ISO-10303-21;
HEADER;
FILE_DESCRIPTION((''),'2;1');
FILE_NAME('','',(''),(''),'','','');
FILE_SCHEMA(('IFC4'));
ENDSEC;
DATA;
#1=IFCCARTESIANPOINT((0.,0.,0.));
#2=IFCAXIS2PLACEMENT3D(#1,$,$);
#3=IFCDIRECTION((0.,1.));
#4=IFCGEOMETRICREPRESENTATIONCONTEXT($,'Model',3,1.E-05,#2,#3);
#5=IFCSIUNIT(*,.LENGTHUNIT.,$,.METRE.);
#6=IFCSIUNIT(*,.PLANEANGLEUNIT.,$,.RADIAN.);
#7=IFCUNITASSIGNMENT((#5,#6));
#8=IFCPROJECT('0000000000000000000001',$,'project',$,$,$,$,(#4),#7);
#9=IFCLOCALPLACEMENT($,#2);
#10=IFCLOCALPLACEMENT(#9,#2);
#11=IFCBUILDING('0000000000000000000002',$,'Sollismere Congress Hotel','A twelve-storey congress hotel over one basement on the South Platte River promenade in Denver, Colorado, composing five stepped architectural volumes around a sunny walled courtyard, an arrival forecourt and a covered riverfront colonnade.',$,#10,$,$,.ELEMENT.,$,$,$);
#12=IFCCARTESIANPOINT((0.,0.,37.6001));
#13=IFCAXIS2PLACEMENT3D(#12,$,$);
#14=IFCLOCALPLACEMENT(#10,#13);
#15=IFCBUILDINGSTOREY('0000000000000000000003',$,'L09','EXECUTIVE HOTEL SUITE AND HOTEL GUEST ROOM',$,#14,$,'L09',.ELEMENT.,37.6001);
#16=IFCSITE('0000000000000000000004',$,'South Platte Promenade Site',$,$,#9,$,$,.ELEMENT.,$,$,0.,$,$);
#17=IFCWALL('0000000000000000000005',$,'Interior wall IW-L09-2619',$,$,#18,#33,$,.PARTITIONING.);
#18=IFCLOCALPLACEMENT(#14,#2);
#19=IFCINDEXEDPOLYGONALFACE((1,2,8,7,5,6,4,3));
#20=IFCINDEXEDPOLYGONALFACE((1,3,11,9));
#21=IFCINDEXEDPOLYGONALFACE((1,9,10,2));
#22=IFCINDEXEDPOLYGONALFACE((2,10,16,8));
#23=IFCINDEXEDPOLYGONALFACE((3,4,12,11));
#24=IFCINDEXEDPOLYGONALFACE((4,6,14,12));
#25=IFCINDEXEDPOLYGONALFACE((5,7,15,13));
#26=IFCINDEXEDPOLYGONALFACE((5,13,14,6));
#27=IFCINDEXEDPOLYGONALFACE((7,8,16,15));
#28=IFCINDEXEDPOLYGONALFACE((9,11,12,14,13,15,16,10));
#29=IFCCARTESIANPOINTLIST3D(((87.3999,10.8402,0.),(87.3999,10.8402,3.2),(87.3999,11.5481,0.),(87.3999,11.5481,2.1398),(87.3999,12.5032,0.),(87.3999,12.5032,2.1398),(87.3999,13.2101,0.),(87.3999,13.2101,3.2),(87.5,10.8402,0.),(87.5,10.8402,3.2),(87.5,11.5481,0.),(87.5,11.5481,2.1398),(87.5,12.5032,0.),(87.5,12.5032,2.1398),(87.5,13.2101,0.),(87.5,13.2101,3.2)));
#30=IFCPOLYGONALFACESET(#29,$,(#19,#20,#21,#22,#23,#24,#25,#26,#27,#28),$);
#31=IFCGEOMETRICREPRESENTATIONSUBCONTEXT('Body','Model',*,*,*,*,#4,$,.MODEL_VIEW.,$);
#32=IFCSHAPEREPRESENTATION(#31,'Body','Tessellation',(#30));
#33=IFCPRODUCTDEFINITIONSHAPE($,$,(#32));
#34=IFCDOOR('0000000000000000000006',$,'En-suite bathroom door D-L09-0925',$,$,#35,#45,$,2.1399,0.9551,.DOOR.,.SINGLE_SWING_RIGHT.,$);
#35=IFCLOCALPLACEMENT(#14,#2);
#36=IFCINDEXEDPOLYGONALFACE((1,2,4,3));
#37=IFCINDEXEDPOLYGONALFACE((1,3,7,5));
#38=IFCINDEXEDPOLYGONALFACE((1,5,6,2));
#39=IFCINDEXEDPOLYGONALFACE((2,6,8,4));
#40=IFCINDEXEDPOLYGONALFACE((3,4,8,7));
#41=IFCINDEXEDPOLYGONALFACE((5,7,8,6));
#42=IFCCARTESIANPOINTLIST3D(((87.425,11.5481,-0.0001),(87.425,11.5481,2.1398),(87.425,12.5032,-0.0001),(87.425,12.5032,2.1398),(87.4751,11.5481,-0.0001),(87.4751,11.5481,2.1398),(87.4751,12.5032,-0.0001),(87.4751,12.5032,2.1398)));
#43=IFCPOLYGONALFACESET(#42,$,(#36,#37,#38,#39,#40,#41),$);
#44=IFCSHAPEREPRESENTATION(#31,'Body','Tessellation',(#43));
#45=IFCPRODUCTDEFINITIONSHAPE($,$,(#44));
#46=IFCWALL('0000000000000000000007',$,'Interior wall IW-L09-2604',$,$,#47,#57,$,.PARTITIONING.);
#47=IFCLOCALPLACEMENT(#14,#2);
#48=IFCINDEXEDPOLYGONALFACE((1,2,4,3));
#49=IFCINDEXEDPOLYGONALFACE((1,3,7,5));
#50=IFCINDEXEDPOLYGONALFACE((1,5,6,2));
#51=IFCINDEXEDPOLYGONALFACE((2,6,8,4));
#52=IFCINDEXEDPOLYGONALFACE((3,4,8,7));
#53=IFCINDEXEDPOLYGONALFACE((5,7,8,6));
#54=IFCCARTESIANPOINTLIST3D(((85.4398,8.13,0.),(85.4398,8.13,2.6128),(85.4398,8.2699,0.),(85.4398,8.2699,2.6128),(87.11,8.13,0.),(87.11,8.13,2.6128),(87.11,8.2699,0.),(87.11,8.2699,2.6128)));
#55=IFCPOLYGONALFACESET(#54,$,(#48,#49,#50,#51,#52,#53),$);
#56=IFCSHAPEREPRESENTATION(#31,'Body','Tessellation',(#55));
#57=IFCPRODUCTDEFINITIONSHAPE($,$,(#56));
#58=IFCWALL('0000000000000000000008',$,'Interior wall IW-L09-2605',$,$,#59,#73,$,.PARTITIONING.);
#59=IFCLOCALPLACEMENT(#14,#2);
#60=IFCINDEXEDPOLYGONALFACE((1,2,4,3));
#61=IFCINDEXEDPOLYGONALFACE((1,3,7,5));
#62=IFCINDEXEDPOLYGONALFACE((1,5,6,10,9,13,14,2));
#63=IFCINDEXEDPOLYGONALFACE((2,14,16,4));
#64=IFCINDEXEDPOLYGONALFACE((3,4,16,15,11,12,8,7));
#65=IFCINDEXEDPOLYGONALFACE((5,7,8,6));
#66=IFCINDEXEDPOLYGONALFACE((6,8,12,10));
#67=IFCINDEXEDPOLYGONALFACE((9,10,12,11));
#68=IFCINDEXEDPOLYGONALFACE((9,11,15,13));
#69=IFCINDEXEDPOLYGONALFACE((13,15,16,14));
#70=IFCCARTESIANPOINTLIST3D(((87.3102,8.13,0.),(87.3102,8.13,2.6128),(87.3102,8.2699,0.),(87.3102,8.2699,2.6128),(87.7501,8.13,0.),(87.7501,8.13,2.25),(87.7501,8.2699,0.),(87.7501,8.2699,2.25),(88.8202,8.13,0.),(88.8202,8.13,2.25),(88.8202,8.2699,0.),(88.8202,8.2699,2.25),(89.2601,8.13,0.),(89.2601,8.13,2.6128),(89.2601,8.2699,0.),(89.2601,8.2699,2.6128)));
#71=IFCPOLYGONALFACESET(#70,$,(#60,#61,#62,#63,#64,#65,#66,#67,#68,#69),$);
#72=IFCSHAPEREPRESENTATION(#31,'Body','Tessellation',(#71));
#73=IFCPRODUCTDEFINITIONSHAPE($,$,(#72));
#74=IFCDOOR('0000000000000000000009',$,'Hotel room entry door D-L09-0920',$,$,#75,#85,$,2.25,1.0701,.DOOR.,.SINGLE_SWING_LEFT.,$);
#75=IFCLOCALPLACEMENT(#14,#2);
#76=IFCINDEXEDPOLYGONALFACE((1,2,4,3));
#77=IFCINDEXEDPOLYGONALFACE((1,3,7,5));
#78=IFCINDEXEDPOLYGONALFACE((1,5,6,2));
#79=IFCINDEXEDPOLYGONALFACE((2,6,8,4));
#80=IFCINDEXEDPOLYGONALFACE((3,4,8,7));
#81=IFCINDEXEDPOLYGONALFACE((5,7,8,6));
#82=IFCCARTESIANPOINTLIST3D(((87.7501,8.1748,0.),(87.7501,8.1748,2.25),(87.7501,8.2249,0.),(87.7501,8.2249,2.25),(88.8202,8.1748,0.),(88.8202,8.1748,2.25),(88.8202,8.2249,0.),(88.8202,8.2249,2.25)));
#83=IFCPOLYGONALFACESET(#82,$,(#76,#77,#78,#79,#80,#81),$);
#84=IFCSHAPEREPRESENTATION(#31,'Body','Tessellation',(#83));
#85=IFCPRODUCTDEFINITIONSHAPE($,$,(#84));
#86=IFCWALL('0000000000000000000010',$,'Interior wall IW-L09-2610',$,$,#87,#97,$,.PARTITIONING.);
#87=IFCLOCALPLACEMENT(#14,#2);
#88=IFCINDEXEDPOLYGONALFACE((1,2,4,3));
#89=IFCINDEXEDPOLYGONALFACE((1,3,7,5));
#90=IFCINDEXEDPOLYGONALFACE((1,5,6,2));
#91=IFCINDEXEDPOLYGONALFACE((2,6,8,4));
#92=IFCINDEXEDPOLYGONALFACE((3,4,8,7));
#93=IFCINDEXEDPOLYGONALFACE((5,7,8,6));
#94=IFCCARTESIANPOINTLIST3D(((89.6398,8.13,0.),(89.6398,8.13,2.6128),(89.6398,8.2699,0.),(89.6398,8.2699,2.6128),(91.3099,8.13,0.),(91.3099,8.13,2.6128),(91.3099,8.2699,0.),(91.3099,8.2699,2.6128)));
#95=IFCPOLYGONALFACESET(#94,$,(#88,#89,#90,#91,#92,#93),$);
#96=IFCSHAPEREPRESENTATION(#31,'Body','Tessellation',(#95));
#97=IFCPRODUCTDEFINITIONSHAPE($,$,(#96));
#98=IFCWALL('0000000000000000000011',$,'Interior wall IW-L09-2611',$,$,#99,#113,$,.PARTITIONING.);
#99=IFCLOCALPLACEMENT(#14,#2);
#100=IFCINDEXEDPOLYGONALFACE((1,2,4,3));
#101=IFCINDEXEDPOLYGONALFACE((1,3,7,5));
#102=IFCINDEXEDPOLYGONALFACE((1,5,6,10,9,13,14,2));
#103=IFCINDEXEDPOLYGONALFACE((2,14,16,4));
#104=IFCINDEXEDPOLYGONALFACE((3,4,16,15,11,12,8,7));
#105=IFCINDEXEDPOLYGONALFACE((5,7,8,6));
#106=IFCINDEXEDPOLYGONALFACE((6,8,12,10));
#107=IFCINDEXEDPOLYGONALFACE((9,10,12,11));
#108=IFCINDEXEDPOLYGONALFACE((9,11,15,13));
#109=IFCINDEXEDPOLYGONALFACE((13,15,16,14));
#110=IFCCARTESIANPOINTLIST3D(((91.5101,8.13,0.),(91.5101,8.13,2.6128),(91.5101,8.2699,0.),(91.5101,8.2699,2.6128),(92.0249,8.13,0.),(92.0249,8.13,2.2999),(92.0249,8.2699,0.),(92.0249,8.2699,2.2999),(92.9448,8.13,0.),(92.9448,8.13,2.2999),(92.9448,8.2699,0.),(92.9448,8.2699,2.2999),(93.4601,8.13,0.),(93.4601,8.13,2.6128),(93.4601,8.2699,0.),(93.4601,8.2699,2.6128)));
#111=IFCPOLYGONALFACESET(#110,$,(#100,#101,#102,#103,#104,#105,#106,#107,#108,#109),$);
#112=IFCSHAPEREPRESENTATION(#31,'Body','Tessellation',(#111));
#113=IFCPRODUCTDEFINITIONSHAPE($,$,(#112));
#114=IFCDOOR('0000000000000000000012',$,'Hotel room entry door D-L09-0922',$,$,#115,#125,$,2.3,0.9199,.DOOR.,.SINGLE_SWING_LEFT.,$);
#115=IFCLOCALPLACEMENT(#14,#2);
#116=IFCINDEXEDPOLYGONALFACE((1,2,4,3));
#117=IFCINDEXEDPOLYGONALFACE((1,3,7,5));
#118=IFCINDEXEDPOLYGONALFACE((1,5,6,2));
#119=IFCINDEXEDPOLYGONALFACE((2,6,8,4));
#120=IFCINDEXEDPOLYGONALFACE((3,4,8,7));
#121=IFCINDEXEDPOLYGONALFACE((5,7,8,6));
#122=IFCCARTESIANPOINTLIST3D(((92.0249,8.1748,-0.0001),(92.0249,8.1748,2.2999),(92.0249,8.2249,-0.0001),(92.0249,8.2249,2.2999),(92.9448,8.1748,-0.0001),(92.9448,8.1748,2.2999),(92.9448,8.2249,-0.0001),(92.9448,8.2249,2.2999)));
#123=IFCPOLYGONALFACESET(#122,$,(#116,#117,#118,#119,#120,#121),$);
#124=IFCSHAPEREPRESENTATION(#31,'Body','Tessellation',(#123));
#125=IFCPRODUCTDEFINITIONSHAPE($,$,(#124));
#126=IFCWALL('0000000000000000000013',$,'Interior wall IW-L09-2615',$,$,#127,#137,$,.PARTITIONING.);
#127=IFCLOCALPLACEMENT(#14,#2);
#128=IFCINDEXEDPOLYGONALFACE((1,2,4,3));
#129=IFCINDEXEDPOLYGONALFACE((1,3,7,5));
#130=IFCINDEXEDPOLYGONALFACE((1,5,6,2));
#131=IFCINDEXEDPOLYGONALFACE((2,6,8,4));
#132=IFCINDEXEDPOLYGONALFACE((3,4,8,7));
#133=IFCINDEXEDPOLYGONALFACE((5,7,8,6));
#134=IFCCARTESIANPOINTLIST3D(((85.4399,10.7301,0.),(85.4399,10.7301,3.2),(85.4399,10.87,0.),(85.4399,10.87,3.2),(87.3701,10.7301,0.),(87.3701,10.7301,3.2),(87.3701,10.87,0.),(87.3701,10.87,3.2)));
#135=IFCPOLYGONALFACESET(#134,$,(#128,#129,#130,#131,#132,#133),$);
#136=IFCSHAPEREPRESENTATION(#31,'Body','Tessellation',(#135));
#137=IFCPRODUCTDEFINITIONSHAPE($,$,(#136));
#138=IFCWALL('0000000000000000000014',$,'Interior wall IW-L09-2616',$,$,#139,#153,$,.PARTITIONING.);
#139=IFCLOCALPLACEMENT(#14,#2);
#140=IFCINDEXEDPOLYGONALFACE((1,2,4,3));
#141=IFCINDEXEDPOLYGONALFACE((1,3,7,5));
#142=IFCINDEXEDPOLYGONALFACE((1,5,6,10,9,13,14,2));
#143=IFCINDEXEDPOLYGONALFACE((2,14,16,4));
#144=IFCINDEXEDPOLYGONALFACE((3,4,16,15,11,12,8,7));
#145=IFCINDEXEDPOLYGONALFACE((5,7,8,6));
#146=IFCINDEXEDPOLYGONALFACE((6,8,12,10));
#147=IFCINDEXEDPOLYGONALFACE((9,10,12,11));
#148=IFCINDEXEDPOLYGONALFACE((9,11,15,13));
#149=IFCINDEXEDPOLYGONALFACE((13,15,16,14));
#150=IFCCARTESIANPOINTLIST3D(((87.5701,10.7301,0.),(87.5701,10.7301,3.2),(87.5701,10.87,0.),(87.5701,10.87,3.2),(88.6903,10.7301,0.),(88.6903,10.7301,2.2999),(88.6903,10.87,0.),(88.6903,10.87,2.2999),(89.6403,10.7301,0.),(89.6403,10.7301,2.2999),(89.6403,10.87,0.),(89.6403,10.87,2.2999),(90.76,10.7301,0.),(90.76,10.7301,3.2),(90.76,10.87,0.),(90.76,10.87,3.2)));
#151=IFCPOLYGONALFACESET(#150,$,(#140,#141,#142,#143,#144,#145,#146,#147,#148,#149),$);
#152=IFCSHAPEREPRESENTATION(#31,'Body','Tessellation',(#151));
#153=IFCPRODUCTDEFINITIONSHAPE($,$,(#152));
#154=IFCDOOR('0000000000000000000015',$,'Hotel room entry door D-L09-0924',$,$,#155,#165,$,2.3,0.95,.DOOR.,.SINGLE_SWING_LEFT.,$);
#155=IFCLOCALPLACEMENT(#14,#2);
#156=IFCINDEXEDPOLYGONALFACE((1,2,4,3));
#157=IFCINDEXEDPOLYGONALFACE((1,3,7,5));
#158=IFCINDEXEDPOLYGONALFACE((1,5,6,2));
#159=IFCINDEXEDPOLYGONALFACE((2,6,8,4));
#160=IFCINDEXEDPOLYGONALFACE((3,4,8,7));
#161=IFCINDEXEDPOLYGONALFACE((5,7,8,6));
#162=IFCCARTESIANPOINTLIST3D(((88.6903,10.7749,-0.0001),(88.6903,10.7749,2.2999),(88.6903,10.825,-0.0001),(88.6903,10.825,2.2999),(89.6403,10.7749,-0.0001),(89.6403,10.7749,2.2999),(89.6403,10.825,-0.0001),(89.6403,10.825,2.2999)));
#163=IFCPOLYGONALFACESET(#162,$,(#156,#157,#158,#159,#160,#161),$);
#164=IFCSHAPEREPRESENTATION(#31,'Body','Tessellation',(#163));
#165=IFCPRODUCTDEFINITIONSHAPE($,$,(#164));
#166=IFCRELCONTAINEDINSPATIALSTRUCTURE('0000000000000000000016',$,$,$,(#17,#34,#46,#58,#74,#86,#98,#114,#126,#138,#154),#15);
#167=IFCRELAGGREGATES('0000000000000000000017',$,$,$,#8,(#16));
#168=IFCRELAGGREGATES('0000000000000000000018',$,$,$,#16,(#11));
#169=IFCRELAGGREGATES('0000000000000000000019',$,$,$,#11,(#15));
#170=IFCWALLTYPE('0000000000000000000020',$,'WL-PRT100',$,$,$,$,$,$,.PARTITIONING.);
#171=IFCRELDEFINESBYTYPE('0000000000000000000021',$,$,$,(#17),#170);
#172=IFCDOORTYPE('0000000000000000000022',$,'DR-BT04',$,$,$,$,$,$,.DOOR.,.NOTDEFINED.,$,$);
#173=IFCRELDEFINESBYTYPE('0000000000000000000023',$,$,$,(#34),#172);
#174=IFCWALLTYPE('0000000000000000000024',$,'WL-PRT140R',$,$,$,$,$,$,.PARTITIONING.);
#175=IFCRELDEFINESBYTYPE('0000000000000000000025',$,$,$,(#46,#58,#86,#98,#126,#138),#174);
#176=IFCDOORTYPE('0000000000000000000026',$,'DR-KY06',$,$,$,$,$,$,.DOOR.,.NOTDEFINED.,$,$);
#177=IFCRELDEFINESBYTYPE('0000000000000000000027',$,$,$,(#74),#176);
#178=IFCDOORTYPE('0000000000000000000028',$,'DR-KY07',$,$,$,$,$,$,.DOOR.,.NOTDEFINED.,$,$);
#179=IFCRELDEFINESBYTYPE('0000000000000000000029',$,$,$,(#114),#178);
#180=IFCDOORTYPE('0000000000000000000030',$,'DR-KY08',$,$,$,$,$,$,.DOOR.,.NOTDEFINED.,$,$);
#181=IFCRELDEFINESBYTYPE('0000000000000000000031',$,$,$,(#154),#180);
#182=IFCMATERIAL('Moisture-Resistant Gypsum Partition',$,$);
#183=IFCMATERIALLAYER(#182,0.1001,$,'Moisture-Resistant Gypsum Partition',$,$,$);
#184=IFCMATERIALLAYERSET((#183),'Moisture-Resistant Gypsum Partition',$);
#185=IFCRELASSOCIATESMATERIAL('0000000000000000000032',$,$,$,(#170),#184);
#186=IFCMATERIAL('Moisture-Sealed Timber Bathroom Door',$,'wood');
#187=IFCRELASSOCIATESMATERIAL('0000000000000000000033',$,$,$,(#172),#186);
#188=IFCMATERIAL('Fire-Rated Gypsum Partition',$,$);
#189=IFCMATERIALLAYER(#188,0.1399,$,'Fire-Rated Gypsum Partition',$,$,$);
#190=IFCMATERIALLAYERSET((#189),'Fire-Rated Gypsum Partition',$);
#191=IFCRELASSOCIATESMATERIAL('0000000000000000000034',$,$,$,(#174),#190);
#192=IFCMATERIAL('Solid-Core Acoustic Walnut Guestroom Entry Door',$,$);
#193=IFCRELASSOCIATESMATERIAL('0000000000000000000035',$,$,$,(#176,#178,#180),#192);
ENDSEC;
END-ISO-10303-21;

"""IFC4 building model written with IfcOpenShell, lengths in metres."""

from ifc_helpers import new_model, si_unit, direction, frame, frame_2d, origin, place, context, subcontext, project, spatial, rectangle, extrude, material, layer, layer_set, type_object, element, fill, save


model = new_model("IFC4")

# Units and contexts
model_context = context("Model", 3, precision=1e-05, world=origin(), true_north=direction((0.0, 1.0)))
body_context = subcontext(model_context, "Body", "Model", "MODEL_VIEW")
ifc_project = project(units=[si_unit("LENGTHUNIT", "METRE"), si_unit("PLANEANGLEUNIT", "RADIAN")], contexts=[model_context])

# Site, building, storey
site_placement = place(None, origin())
site = spatial("IfcSite", under=ifc_project, at=site_placement, Name="South Platte Promenade Site", CompositionType="ELEMENT", RefElevation=0.0)
building_placement = place(site_placement, origin())
building = spatial("IfcBuilding", under=site, at=building_placement, Name="Sollismere Congress Hotel", Description="A twelve-storey congress hotel over one basement on the South Platte River promenade in Denver, Colorado, composing five stepped architectural volumes around a sunny walled courtyard, an arrival forecourt and a covered riverfront colonnade.", CompositionType="ELEMENT")
storey_placement = place(building_placement, frame((0.0, 0.0, 37.6001)))
storey = spatial("IfcBuildingStorey", under=building, at=storey_placement, Name="L09", Description="EXECUTIVE HOTEL SUITE AND HOTEL GUEST ROOM", LongName="L09", CompositionType="ELEMENT", Elevation=37.6001)

# Wall, opening, door
ifc_material_1 = material(Name="Moisture-Resistant Gypsum Partition")
ifc_layer_1 = layer(ifc_material_1, 0.1001, Name="Moisture-Resistant Gypsum Partition")
ifc_layer_set_1 = layer_set([ifc_layer_1], Name="Moisture-Resistant Gypsum Partition")
wall_type_1 = type_object("IfcWallType", Name="WL-PRT100", PredefinedType="PARTITIONING", material=ifc_layer_set_1)
wall_1_placement = place(storey_placement, frame((87.45, 10.8401, 0.0), z_axis=(0.0, 0.0, 1.0), x_axis=(0.0, 1.0, 0.0)))
wall_1 = element("IfcWall", 1, at=wall_1_placement, inside=storey, type_object=wall_type_1, Name="Interior wall IW-L09-2619", PredefinedType="PARTITIONING", context=body_context, shape_type="SweptSolid", body=[
    extrude(rectangle(XDim=2.3699, YDim=0.1001, at=frame_2d((1.1851, 0.0))), origin(), (0.0, 0.0, 1.0), 3.2),
])
opening_1_placement = place(wall_1_placement, frame((0.708, 0.0, 0.0)))
opening_1 = element("IfcOpeningElement", 2, at=opening_1_placement, cuts=wall_1, PredefinedType="OPENING", context=body_context, shape_type="SweptSolid", body=[
    extrude(rectangle(XDim=0.9551, YDim=2.1399, at=frame_2d((0.4775, 1.0698))), frame((0.0, 0.0601, 0.0), z_axis=(0.0, -1.0, 0.0), x_axis=(1.0, 0.0, 0.0)), (0.0, 0.0, 1.0), 0.1201),
])
ifc_material_2 = material(Name="Moisture-Sealed Timber Bathroom Door", Category="wood")
door_type_1 = type_object("IfcDoorType", Name="DR-BT04", OperationType="NOTDEFINED", PredefinedType="DOOR", material=ifc_material_2)
door_1_placement = place(opening_1_placement, origin())
door_1 = element("IfcDoor", 3, at=door_1_placement, inside=storey, type_object=door_type_1, Name="En-suite bathroom door D-L09-0925", OperationType="SINGLE_SWING_RIGHT", OverallHeight=2.1399, OverallWidth=0.9551, PredefinedType="DOOR", context=body_context, shape_type="SweptSolid", body=[
    extrude(rectangle(XDim=0.9551, YDim=2.1399, at=frame_2d((0.4775, 1.0698))), frame((0.0, 0.0249, 0.0), z_axis=(0.0, -1.0, 0.0), x_axis=(1.0, 0.0, 0.0)), (0.0, 0.0, 1.0), 0.05),
])
fill(opening_1, door_1)

# Wall
ifc_material_3 = material(Name="Fire-Rated Gypsum Partition")
ifc_layer_2 = layer(ifc_material_3, 0.1399, Name="Fire-Rated Gypsum Partition")
ifc_layer_set_2 = layer_set([ifc_layer_2], Name="Fire-Rated Gypsum Partition")
wall_type_2 = type_object("IfcWallType", Name="WL-PRT140R", PredefinedType="PARTITIONING", material=ifc_layer_set_2)
wall_2_placement = place(storey_placement, frame((85.4399, 8.2, 0.0), z_axis=(0.0, 0.0, 1.0), x_axis=(1.0, 0.0, 0.0)))
element("IfcWall", 4, at=wall_2_placement, inside=storey, type_object=wall_type_2, Name="Interior wall IW-L09-2604", PredefinedType="PARTITIONING", context=body_context, shape_type="SweptSolid", body=[
    extrude(rectangle(XDim=1.6702, YDim=0.1399, at=frame_2d((0.835, 0.0))), origin(), (0.0, 0.0, 1.0), 2.6128),
])

# Wall, opening, door
wall_3_placement = place(storey_placement, frame((87.3101, 8.2, 0.0), z_axis=(0.0, 0.0, 1.0), x_axis=(1.0, 0.0, 0.0)))
wall_3 = element("IfcWall", 5, at=wall_3_placement, inside=storey, type_object=wall_type_2, Name="Interior wall IW-L09-2605", PredefinedType="PARTITIONING", context=body_context, shape_type="SweptSolid", body=[
    extrude(rectangle(XDim=1.95, YDim=0.1399, at=frame_2d((0.9751, 0.0))), origin(), (0.0, 0.0, 1.0), 2.6128),
])
opening_2_placement = place(wall_3_placement, frame((0.4399, 0.0, 0.0)))
opening_2 = element("IfcOpeningElement", 6, at=opening_2_placement, cuts=wall_3, PredefinedType="OPENING", context=body_context, shape_type="SweptSolid", body=[
    extrude(rectangle(XDim=1.0701, YDim=2.25, at=frame_2d((0.5352, 1.125))), frame((0.0, 0.0798, 0.0), z_axis=(0.0, -1.0, 0.0), x_axis=(1.0, 0.0, 0.0)), (0.0, 0.0, 1.0), 0.1599),
])
ifc_material_4 = material(Name="Solid-Core Acoustic Walnut Guestroom Entry Door")
door_type_2 = type_object("IfcDoorType", Name="DR-KY06", OperationType="NOTDEFINED", PredefinedType="DOOR", material=ifc_material_4)
door_2_placement = place(opening_2_placement, origin())
door_2 = element("IfcDoor", 7, at=door_2_placement, inside=storey, type_object=door_type_2, Name="Hotel room entry door D-L09-0920", OperationType="SINGLE_SWING_LEFT", OverallHeight=2.25, OverallWidth=1.0701, PredefinedType="DOOR", context=body_context, shape_type="SweptSolid", body=[
    extrude(rectangle(XDim=1.0701, YDim=2.25, at=frame_2d((0.5352, 1.125))), frame((0.0, 0.0249, 0.0), z_axis=(0.0, -1.0, 0.0), x_axis=(1.0, 0.0, 0.0)), (0.0, 0.0, 1.0), 0.05),
])
fill(opening_2, door_2)

# Wall
wall_4_placement = place(storey_placement, frame((89.6399, 8.2, 0.0), z_axis=(0.0, 0.0, 1.0), x_axis=(1.0, 0.0, 0.0)))
element("IfcWall", 8, at=wall_4_placement, inside=storey, type_object=wall_type_2, Name="Interior wall IW-L09-2610", PredefinedType="PARTITIONING", context=body_context, shape_type="SweptSolid", body=[
    extrude(rectangle(XDim=1.6702, YDim=0.1399, at=frame_2d((0.835, 0.0))), origin(), (0.0, 0.0, 1.0), 2.6128),
])

# Wall, opening, door
wall_5_placement = place(storey_placement, frame((91.51, 8.2, 0.0), z_axis=(0.0, 0.0, 1.0), x_axis=(1.0, 0.0, 0.0)))
wall_5 = element("IfcWall", 9, at=wall_5_placement, inside=storey, type_object=wall_type_2, Name="Interior wall IW-L09-2611", PredefinedType="PARTITIONING", context=body_context, shape_type="SweptSolid", body=[
    extrude(rectangle(XDim=1.95, YDim=0.1399, at=frame_2d((0.9751, 0.0))), origin(), (0.0, 0.0, 1.0), 2.6128),
])
opening_3_placement = place(wall_5_placement, frame((0.5149, 0.0, 0.0)))
opening_3 = element("IfcOpeningElement", 10, at=opening_3_placement, cuts=wall_5, PredefinedType="OPENING", context=body_context, shape_type="SweptSolid", body=[
    extrude(rectangle(XDim=0.9199, YDim=2.3, at=frame_2d((0.46, 1.1499))), frame((0.0, 0.0798, 0.0), z_axis=(0.0, -1.0, 0.0), x_axis=(1.0, 0.0, 0.0)), (0.0, 0.0, 1.0), 0.1599),
])
door_type_3 = type_object("IfcDoorType", Name="DR-KY07", OperationType="NOTDEFINED", PredefinedType="DOOR", material=ifc_material_4)
door_3_placement = place(opening_3_placement, origin())
door_3 = element("IfcDoor", 11, at=door_3_placement, inside=storey, type_object=door_type_3, Name="Hotel room entry door D-L09-0922", OperationType="SINGLE_SWING_LEFT", OverallHeight=2.3, OverallWidth=0.9199, PredefinedType="DOOR", context=body_context, shape_type="SweptSolid", body=[
    extrude(rectangle(XDim=0.9199, YDim=2.3, at=frame_2d((0.46, 1.1499))), frame((0.0, 0.0249, 0.0), z_axis=(0.0, -1.0, 0.0), x_axis=(1.0, 0.0, 0.0)), (0.0, 0.0, 1.0), 0.05),
])
fill(opening_3, door_3)

# Wall
wall_6_placement = place(storey_placement, frame((85.4399, 10.8, 0.0), z_axis=(0.0, 0.0, 1.0), x_axis=(1.0, 0.0, 0.0)))
element("IfcWall", 12, at=wall_6_placement, inside=storey, type_object=wall_type_2, Name="Interior wall IW-L09-2615", PredefinedType="PARTITIONING", context=body_context, shape_type="SweptSolid", body=[
    extrude(rectangle(XDim=1.9302, YDim=0.1399, at=frame_2d((0.9651, 0.0))), origin(), (0.0, 0.0, 1.0), 3.2),
])

# Wall, opening, door
wall_7_placement = place(storey_placement, frame((87.5701, 10.8, 0.0), z_axis=(0.0, 0.0, 1.0), x_axis=(1.0, 0.0, 0.0)))
wall_7 = element("IfcWall", 13, at=wall_7_placement, inside=storey, type_object=wall_type_2, Name="Interior wall IW-L09-2616", PredefinedType="PARTITIONING", context=body_context, shape_type="SweptSolid", body=[
    extrude(rectangle(XDim=3.1899, YDim=0.1399, at=frame_2d((1.595, 0.0))), origin(), (0.0, 0.0, 1.0), 3.2),
])
opening_4_placement = place(wall_7_placement, frame((1.1201, 0.0, 0.0)))
opening_4 = element("IfcOpeningElement", 14, at=opening_4_placement, cuts=wall_7, PredefinedType="OPENING", context=body_context, shape_type="SweptSolid", body=[
    extrude(rectangle(XDim=0.95, YDim=2.3, at=frame_2d((0.4751, 1.1499))), frame((0.0, 0.0798, 0.0), z_axis=(0.0, -1.0, 0.0), x_axis=(1.0, 0.0, 0.0)), (0.0, 0.0, 1.0), 0.1599),
])
door_type_4 = type_object("IfcDoorType", Name="DR-KY08", OperationType="NOTDEFINED", PredefinedType="DOOR", material=ifc_material_4)
door_4_placement = place(opening_4_placement, origin())
door_4 = element("IfcDoor", 15, at=door_4_placement, inside=storey, type_object=door_type_4, Name="Hotel room entry door D-L09-0924", OperationType="SINGLE_SWING_LEFT", OverallHeight=2.3, OverallWidth=0.95, PredefinedType="DOOR", context=body_context, shape_type="SweptSolid", body=[
    extrude(rectangle(XDim=0.95, YDim=2.3, at=frame_2d((0.4751, 1.1499))), frame((0.0, 0.0249, 0.0), z_axis=(0.0, -1.0, 0.0), x_axis=(1.0, 0.0, 0.0)), (0.0, 0.0, 1.0), 0.05),
])
fill(opening_4, door_4)

save(model, "model.ifc")
